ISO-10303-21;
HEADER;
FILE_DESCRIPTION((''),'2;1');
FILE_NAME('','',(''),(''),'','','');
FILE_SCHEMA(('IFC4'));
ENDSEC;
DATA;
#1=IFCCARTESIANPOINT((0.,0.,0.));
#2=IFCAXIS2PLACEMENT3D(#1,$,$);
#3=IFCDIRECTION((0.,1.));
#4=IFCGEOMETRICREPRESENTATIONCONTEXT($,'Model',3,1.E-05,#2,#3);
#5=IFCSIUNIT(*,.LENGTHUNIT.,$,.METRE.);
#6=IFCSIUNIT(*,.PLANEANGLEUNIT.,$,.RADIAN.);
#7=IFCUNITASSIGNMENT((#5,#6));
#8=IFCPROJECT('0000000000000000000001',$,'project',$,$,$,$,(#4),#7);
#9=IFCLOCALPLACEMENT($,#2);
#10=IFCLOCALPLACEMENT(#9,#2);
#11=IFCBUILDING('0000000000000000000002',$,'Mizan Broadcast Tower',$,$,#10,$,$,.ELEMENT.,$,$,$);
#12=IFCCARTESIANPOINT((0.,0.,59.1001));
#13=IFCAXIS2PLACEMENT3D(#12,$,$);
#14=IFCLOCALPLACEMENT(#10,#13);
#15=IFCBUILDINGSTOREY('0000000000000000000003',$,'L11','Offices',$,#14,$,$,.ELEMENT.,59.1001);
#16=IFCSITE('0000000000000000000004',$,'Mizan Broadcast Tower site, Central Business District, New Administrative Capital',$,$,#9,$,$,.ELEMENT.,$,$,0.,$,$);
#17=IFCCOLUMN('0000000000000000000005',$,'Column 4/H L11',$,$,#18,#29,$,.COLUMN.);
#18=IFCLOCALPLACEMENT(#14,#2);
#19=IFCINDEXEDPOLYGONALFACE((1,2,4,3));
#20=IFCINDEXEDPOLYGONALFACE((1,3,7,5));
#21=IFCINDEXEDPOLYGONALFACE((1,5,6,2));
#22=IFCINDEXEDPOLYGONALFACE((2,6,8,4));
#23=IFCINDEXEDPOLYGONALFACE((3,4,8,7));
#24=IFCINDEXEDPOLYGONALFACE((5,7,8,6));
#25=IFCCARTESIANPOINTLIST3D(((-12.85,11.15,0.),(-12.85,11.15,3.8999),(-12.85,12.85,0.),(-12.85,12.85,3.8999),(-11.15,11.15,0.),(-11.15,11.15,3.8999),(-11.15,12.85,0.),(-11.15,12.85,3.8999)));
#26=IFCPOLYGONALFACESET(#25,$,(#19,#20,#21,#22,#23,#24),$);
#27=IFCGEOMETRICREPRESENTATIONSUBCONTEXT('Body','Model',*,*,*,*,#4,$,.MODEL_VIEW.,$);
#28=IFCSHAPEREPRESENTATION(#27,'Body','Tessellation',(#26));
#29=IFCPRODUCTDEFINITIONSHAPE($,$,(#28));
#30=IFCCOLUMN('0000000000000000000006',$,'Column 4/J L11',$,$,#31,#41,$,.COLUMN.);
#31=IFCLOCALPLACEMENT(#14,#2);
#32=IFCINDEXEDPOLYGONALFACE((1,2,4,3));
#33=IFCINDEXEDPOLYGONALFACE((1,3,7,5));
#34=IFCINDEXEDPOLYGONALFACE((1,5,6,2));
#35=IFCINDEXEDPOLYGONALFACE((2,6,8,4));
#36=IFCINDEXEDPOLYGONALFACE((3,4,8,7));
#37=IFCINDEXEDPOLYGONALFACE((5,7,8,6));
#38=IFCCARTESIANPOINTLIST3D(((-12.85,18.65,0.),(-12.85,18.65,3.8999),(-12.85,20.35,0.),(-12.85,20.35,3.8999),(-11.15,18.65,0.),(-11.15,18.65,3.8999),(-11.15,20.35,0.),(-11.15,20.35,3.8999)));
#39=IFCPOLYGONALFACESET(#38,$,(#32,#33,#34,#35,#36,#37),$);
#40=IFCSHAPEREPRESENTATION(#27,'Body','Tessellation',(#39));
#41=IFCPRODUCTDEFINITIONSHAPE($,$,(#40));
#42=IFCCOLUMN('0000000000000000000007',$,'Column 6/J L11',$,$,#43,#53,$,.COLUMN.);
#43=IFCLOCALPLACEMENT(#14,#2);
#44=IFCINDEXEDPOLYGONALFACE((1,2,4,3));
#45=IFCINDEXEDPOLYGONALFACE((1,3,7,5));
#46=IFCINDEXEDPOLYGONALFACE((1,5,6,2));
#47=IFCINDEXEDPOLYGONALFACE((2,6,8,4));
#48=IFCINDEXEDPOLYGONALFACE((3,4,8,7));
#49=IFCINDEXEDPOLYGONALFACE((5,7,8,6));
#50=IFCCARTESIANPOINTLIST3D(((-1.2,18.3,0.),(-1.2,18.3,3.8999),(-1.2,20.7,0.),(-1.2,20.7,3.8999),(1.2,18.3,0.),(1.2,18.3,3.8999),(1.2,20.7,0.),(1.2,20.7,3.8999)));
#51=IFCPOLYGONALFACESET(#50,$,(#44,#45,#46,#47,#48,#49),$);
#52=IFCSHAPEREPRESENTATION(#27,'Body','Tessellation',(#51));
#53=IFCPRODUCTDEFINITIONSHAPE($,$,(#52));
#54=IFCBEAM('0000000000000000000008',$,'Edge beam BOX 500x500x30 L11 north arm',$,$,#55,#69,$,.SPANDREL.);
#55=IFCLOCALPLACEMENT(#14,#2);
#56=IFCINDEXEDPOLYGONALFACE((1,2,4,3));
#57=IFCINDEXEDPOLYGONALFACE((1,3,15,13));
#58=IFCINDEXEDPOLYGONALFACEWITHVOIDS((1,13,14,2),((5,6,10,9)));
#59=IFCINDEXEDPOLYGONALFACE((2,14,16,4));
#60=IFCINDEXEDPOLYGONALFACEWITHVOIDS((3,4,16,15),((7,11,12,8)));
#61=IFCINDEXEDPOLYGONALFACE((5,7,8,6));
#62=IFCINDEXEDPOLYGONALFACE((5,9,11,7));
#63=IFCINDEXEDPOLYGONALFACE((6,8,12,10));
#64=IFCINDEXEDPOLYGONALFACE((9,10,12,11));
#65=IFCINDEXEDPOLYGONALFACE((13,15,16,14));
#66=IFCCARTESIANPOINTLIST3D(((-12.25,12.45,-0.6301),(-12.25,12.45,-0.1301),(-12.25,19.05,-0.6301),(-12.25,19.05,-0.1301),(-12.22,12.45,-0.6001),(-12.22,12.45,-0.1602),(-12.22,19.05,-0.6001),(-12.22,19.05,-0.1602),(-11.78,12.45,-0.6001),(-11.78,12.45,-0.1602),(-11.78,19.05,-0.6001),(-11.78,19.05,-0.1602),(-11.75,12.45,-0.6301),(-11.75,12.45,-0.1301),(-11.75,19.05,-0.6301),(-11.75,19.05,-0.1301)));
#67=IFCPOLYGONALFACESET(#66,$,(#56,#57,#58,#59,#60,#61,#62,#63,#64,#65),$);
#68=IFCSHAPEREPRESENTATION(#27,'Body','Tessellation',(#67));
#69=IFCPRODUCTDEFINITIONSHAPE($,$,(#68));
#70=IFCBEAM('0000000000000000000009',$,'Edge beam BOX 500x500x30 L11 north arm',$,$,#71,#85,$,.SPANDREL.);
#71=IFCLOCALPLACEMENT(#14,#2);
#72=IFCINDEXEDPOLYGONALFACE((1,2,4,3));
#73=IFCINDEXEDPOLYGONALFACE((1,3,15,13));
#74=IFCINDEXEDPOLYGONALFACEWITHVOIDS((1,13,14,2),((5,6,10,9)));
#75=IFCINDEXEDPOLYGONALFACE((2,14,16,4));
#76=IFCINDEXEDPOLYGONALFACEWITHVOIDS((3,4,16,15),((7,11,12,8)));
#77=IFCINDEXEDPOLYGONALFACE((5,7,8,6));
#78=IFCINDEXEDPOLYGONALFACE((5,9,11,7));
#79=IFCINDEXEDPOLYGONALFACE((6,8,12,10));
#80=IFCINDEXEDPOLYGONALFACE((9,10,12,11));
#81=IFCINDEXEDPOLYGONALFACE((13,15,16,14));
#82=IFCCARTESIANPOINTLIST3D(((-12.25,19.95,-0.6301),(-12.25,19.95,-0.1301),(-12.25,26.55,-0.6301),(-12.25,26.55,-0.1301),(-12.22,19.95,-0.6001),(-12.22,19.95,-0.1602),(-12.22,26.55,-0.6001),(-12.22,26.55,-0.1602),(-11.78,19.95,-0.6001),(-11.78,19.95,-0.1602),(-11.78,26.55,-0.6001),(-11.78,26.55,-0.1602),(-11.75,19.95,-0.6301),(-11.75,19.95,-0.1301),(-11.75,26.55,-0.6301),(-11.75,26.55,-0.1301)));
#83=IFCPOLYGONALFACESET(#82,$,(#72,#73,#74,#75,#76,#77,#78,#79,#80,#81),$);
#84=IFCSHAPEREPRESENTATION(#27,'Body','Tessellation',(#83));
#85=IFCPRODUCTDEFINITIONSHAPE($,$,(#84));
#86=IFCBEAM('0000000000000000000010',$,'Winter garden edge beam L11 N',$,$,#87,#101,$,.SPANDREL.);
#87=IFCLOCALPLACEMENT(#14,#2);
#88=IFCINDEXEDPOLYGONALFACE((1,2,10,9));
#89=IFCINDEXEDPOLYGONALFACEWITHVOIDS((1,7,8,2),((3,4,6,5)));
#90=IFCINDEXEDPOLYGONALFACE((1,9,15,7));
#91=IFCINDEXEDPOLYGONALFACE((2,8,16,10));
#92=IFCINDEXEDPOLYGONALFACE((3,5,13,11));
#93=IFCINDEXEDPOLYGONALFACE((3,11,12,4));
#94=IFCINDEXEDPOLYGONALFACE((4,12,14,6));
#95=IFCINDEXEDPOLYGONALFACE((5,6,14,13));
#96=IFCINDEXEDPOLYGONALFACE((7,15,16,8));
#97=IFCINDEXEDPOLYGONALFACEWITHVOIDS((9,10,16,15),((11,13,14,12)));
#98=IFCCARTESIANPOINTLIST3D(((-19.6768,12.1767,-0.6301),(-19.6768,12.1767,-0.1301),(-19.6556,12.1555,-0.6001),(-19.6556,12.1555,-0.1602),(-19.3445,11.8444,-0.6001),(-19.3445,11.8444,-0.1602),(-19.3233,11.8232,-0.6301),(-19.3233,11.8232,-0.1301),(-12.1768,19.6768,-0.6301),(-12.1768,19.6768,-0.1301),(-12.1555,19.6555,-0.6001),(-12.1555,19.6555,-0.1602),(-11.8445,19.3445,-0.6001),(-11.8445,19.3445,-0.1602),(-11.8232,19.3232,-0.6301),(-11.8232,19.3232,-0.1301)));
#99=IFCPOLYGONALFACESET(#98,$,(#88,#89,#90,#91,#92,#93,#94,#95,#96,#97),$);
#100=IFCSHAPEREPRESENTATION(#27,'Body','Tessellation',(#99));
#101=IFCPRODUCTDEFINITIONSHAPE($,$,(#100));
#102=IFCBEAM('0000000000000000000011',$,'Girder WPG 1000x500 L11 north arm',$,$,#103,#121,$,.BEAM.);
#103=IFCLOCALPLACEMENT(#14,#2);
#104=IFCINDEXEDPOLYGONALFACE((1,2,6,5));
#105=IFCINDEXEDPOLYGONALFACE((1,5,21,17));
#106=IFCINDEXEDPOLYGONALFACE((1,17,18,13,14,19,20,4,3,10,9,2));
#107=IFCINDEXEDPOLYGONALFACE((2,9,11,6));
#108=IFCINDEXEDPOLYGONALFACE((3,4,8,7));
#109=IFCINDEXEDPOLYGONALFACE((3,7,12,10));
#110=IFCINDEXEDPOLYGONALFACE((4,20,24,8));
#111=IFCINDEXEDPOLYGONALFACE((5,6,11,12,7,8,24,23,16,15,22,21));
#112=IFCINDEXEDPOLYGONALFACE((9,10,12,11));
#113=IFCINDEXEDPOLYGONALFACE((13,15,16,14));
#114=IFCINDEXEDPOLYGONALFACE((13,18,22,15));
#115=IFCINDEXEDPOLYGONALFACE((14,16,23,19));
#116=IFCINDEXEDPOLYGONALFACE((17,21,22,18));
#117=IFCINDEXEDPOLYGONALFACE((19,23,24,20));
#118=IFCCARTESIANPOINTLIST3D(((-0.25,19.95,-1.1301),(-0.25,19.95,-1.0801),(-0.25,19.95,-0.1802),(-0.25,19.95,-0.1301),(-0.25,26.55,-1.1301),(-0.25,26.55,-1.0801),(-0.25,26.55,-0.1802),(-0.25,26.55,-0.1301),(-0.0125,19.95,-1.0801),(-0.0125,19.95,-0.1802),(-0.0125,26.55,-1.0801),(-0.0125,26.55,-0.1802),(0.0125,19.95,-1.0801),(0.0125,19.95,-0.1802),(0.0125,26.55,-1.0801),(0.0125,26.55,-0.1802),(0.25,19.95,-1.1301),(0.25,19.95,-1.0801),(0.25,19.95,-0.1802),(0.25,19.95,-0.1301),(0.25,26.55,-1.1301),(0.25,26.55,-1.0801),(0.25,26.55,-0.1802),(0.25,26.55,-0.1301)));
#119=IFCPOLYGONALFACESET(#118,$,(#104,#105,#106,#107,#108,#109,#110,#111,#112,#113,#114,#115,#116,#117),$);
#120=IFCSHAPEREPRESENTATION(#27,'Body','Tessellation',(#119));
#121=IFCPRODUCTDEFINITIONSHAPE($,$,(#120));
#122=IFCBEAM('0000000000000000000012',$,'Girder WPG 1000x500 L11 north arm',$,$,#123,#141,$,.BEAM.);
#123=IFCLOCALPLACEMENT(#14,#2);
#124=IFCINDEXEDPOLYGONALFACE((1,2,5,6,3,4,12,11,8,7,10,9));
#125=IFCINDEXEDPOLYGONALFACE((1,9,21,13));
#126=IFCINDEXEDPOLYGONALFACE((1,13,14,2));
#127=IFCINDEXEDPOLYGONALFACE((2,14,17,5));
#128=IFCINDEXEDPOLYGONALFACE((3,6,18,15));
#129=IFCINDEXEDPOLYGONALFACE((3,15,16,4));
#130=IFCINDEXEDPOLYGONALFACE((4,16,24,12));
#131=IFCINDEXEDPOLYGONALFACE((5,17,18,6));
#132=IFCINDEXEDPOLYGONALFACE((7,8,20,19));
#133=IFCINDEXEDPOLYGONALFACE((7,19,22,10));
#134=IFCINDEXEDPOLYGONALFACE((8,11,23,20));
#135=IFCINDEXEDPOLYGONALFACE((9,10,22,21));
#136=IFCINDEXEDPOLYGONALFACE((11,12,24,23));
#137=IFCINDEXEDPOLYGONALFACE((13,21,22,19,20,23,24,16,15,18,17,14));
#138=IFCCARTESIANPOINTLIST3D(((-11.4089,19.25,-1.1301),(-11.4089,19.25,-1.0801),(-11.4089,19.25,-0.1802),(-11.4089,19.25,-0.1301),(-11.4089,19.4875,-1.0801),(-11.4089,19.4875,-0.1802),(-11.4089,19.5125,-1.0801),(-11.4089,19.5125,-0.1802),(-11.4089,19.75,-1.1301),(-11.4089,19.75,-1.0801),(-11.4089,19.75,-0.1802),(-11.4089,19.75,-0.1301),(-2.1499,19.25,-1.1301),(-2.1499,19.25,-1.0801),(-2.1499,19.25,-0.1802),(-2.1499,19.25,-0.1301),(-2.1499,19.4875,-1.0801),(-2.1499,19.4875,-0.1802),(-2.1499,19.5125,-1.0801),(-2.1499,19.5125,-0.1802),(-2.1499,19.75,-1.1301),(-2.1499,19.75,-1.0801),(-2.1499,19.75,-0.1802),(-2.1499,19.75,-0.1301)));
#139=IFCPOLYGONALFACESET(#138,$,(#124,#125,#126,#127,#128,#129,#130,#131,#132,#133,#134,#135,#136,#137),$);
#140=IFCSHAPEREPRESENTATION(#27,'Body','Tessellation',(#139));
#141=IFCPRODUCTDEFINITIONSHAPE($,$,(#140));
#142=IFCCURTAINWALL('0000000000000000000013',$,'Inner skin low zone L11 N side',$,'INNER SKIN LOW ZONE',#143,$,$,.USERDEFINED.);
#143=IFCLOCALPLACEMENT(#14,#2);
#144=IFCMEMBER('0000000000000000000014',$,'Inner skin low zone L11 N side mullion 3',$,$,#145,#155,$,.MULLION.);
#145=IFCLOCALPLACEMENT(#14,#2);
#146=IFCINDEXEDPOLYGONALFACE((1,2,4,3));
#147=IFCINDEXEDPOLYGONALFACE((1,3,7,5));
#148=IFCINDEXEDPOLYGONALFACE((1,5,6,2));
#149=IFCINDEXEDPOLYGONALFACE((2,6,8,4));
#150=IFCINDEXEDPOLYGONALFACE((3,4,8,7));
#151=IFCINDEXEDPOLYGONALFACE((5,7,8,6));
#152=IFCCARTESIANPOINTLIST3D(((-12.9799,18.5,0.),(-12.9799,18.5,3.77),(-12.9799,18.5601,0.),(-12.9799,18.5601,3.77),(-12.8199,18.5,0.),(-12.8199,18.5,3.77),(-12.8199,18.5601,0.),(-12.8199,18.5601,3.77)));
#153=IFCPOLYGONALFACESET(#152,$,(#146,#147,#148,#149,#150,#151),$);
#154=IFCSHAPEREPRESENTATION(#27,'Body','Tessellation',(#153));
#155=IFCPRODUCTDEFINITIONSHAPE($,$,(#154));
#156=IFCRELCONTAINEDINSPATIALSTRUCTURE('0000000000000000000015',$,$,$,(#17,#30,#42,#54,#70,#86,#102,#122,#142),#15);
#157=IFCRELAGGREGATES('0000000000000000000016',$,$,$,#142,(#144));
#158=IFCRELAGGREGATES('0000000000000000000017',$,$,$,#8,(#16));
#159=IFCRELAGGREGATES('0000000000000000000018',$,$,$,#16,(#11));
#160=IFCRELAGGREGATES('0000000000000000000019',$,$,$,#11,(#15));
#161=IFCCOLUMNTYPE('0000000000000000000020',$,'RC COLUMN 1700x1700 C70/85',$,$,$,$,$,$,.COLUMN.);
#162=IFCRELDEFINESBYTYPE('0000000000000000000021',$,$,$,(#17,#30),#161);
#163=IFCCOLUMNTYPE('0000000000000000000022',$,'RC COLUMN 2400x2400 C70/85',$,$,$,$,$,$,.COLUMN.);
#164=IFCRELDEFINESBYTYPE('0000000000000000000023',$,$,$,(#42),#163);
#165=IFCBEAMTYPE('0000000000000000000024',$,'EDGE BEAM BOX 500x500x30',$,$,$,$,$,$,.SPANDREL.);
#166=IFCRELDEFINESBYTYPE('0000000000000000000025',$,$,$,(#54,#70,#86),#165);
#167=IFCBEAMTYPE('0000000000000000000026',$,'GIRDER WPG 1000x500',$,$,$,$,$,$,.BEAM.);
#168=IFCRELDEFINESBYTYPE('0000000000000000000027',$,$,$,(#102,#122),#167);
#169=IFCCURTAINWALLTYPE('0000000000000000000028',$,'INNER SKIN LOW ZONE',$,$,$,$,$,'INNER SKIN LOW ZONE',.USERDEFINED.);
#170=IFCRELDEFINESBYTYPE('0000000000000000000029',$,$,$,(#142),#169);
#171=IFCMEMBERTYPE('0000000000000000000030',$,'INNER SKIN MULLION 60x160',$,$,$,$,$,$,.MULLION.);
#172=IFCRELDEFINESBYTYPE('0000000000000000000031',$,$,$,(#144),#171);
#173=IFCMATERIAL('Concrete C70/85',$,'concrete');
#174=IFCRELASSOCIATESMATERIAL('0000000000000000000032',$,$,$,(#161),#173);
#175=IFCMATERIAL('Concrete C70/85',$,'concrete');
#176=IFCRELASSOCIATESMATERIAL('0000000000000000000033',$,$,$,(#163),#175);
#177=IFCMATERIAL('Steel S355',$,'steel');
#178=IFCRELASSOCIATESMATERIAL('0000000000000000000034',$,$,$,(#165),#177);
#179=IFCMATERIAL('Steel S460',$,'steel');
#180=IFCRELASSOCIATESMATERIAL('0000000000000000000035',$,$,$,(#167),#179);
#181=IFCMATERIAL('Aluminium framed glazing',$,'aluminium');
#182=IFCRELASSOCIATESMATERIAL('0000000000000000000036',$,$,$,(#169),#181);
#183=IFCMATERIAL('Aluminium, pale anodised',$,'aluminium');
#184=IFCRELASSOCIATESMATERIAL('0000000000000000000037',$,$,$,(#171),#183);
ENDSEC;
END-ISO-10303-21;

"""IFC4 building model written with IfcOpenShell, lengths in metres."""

from ifc_helpers import new_model, si_unit, direction, frame, origin, origin_2d, place, context, subcontext, project, spatial, rectangle, hollow_rectangle, i_section, extrude, material, material_profile, profile_set, type_object, element, aggregate, save


model = new_model("IFC4")

# Units and contexts
model_context = context("Model", 3, precision=1e-05, world=origin(), true_north=direction((0.0, 1.0)))
body_context = subcontext(model_context, "Body", "Model", "MODEL_VIEW")
ifc_project = project(units=[si_unit("LENGTHUNIT", "METRE"), si_unit("PLANEANGLEUNIT", "RADIAN")], contexts=[model_context])

# Site, building, storey
site_placement = place(None, origin())
site = spatial("IfcSite", under=ifc_project, at=site_placement, Name="Mizan Broadcast Tower site, Central Business District, New Administrative Capital", CompositionType="ELEMENT", RefElevation=0.0)
building_placement = place(site_placement, origin())
building = spatial("IfcBuilding", under=site, at=building_placement, Name="Mizan Broadcast Tower", CompositionType="ELEMENT")
storey_placement = place(building_placement, frame((0.0, 0.0, 59.1001)))
storey = spatial("IfcBuildingStorey", under=building, at=storey_placement, Name="L11", Description="Offices", CompositionType="ELEMENT", Elevation=59.1001)

# Columns
ifc_material_1 = material(Name="Concrete C70/85", Category="concrete")
ifc_material_profile_1 = material_profile(ifc_material_1, rectangle(XDim=1.7, YDim=1.7, at=origin_2d()), Name="RC 1700x1700")
ifc_profile_set_1 = profile_set([ifc_material_profile_1], Name="Concrete C70/85")
column_type_1 = type_object("IfcColumnType", Name="RC COLUMN 1700x1700 C70/85", PredefinedType="COLUMN", material=ifc_profile_set_1)
for number, where, z_axis, x_axis, name in (
    (1, (-12.0, 12.0, 0.0), (0.0, 0.0, 1.0), (1.0, 0.0, 0.0), "Column 4/H L11"),
    (2, (-12.0, 19.5, 0.0), (0.0, 0.0, 1.0), (1.0, 0.0, 0.0), "Column 4/J L11"),
):
    element("IfcColumn", number, at=place(storey_placement, frame(where, z_axis=z_axis, x_axis=x_axis)), inside=storey, type_object=column_type_1, Name=name, PredefinedType="COLUMN", context=body_context, shape_type="SweptSolid", body=[
        extrude(rectangle(XDim=1.7, YDim=1.7, at=origin_2d()), origin(), (0.0, 0.0, 1.0), 3.8999),
    ])
ifc_material_2 = material(Name="Concrete C70/85", Category="concrete")
ifc_material_profile_2 = material_profile(ifc_material_2, rectangle(XDim=2.3999, YDim=2.3999, at=origin_2d()), Name="RC 2400x2400")
ifc_profile_set_2 = profile_set([ifc_material_profile_2], Name="Concrete C70/85")
column_type_2 = type_object("IfcColumnType", Name="RC COLUMN 2400x2400 C70/85", PredefinedType="COLUMN", material=ifc_profile_set_2)
column_placement = place(storey_placement, frame((0.0, 19.5, 0.0), z_axis=(0.0, 0.0, 1.0), x_axis=(1.0, 0.0, 0.0)))
element("IfcColumn", 3, at=column_placement, inside=storey, type_object=column_type_2, Name="Column 6/J L11", PredefinedType="COLUMN", context=body_context, shape_type="SweptSolid", body=[
    extrude(rectangle(XDim=2.3999, YDim=2.3999, at=origin_2d()), origin(), (0.0, 0.0, 1.0), 3.8999),
])

# Beams
ifc_material_3 = material(Name="Steel S355", Category="steel")
ifc_material_profile_3 = material_profile(ifc_material_3, hollow_rectangle(XDim=0.5, YDim=0.5, WallThickness=0.03, at=origin_2d()), Name="BOX 500x500x30")
ifc_profile_set_3 = profile_set([ifc_material_profile_3], Name="Steel S355")
beam_type_1 = type_object("IfcBeamType", Name="EDGE BEAM BOX 500x500x30", PredefinedType="SPANDREL", material=ifc_profile_set_3)
for number, where, z_axis, x_axis, name in (
    (4, (-12.0, 12.45, -0.3801), (0.0, 1.0, 0.0), (-1.0, 0.0, 0.0), "Edge beam BOX 500x500x30 L11 north arm"),
    (5, (-12.0, 19.95, -0.3801), (0.0, 1.0, 0.0), (-1.0, 0.0, 0.0), "Edge beam BOX 500x500x30 L11 north arm"),
):
    element("IfcBeam", number, at=place(storey_placement, frame(where, z_axis=z_axis, x_axis=x_axis)), inside=storey, type_object=beam_type_1, Name=name, PredefinedType="SPANDREL", context=body_context, shape_type="SweptSolid", body=[
        extrude(hollow_rectangle(XDim=0.5, YDim=0.5, WallThickness=0.03, at=origin_2d()), origin(), (0.0, 0.0, 1.0), 6.6001),
    ])
beam_1_placement = place(storey_placement, frame((-12.0, 19.5, -0.3801), z_axis=(-0.707107, -0.707107, 0.0), x_axis=(0.707107, -0.707107, 0.0)))
element("IfcBeam", 6, at=beam_1_placement, inside=storey, type_object=beam_type_1, Name="Winter garden edge beam L11 N", PredefinedType="SPANDREL", context=body_context, shape_type="SweptSolid", body=[
    extrude(hollow_rectangle(XDim=0.5, YDim=0.5, WallThickness=0.03, at=origin_2d()), origin(), (0.0, 0.0, 1.0), 10.6067),
])
ifc_material_4 = material(Name="Steel S460", Category="steel")
ifc_material_profile_4 = material_profile(ifc_material_4, i_section(OverallWidth=0.5, OverallDepth=1.0, WebThickness=0.0249, FlangeThickness=0.05, at=origin_2d()), Name="WPG 1000x500")
ifc_profile_set_4 = profile_set([ifc_material_profile_4], Name="Steel S460")
beam_type_2 = type_object("IfcBeamType", Name="GIRDER WPG 1000x500", PredefinedType="BEAM", material=ifc_profile_set_4)
beam_2_placement = place(storey_placement, frame((0.0, 19.95, -0.6301), z_axis=(0.0, 1.0, 0.0), x_axis=(-1.0, 0.0, 0.0)))
element("IfcBeam", 7, at=beam_2_placement, inside=storey, type_object=beam_type_2, Name="Girder WPG 1000x500 L11 north arm", PredefinedType="BEAM", context=body_context, shape_type="SweptSolid", body=[
    extrude(i_section(OverallWidth=0.5, OverallDepth=1.0, WebThickness=0.0249, FlangeThickness=0.05, at=origin_2d()), origin(), (0.0, 0.0, 1.0), 6.6001),
])
beam_3_placement = place(storey_placement, frame((-11.4089, 19.5, -0.6301), z_axis=(1.0, 0.0, 0.0), x_axis=(0.0, 1.0, 0.0)))
element("IfcBeam", 8, at=beam_3_placement, inside=storey, type_object=beam_type_2, Name="Girder WPG 1000x500 L11 north arm", PredefinedType="BEAM", context=body_context, shape_type="SweptSolid", body=[
    extrude(i_section(OverallWidth=0.5, OverallDepth=1.0, WebThickness=0.0249, FlangeThickness=0.05, at=origin_2d()), origin(), (0.0, 0.0, 1.0), 9.259),
])

# Curtain wall, member
ifc_material_5 = material(Name="Aluminium framed glazing", Category="aluminium")
curtain_wall_type = type_object("IfcCurtainWallType", Name="INNER SKIN LOW ZONE", ElementType="INNER SKIN LOW ZONE", PredefinedType="USERDEFINED", material=ifc_material_5)
curtain_wall_placement = place(storey_placement, origin())
curtain_wall = element("IfcCurtainWall", 9, at=curtain_wall_placement, inside=storey, type_object=curtain_wall_type, Name="Inner skin low zone L11 N side", ObjectType="INNER SKIN LOW ZONE", PredefinedType="USERDEFINED")
ifc_material_6 = material(Name="Aluminium, pale anodised", Category="aluminium")
ifc_material_profile_5 = material_profile(ifc_material_6, rectangle(XDim=0.1599, YDim=0.0601, at=origin_2d()), Name="MULLION 160x60")
ifc_profile_set_5 = profile_set([ifc_material_profile_5], Name="Aluminium, pale anodised")
member_type = type_object("IfcMemberType", Name="INNER SKIN MULLION 60x160", PredefinedType="MULLION", material=ifc_profile_set_5)
member_placement = place(storey_placement, frame((-12.8999, 18.53, 0.0), z_axis=(0.0, 0.0, 1.0), x_axis=(1.0, 0.0, 0.0)))
member = element("IfcMember", 10, at=member_placement, type_object=member_type, Name="Inner skin low zone L11 N side mullion 3", PredefinedType="MULLION", context=body_context, shape_type="SweptSolid", body=[
    extrude(rectangle(XDim=0.1599, YDim=0.0601, at=origin_2d()), origin(), (0.0, 0.0, 1.0), 3.77),
])

aggregate(curtain_wall, [member])

save(model, "model.ifc")
